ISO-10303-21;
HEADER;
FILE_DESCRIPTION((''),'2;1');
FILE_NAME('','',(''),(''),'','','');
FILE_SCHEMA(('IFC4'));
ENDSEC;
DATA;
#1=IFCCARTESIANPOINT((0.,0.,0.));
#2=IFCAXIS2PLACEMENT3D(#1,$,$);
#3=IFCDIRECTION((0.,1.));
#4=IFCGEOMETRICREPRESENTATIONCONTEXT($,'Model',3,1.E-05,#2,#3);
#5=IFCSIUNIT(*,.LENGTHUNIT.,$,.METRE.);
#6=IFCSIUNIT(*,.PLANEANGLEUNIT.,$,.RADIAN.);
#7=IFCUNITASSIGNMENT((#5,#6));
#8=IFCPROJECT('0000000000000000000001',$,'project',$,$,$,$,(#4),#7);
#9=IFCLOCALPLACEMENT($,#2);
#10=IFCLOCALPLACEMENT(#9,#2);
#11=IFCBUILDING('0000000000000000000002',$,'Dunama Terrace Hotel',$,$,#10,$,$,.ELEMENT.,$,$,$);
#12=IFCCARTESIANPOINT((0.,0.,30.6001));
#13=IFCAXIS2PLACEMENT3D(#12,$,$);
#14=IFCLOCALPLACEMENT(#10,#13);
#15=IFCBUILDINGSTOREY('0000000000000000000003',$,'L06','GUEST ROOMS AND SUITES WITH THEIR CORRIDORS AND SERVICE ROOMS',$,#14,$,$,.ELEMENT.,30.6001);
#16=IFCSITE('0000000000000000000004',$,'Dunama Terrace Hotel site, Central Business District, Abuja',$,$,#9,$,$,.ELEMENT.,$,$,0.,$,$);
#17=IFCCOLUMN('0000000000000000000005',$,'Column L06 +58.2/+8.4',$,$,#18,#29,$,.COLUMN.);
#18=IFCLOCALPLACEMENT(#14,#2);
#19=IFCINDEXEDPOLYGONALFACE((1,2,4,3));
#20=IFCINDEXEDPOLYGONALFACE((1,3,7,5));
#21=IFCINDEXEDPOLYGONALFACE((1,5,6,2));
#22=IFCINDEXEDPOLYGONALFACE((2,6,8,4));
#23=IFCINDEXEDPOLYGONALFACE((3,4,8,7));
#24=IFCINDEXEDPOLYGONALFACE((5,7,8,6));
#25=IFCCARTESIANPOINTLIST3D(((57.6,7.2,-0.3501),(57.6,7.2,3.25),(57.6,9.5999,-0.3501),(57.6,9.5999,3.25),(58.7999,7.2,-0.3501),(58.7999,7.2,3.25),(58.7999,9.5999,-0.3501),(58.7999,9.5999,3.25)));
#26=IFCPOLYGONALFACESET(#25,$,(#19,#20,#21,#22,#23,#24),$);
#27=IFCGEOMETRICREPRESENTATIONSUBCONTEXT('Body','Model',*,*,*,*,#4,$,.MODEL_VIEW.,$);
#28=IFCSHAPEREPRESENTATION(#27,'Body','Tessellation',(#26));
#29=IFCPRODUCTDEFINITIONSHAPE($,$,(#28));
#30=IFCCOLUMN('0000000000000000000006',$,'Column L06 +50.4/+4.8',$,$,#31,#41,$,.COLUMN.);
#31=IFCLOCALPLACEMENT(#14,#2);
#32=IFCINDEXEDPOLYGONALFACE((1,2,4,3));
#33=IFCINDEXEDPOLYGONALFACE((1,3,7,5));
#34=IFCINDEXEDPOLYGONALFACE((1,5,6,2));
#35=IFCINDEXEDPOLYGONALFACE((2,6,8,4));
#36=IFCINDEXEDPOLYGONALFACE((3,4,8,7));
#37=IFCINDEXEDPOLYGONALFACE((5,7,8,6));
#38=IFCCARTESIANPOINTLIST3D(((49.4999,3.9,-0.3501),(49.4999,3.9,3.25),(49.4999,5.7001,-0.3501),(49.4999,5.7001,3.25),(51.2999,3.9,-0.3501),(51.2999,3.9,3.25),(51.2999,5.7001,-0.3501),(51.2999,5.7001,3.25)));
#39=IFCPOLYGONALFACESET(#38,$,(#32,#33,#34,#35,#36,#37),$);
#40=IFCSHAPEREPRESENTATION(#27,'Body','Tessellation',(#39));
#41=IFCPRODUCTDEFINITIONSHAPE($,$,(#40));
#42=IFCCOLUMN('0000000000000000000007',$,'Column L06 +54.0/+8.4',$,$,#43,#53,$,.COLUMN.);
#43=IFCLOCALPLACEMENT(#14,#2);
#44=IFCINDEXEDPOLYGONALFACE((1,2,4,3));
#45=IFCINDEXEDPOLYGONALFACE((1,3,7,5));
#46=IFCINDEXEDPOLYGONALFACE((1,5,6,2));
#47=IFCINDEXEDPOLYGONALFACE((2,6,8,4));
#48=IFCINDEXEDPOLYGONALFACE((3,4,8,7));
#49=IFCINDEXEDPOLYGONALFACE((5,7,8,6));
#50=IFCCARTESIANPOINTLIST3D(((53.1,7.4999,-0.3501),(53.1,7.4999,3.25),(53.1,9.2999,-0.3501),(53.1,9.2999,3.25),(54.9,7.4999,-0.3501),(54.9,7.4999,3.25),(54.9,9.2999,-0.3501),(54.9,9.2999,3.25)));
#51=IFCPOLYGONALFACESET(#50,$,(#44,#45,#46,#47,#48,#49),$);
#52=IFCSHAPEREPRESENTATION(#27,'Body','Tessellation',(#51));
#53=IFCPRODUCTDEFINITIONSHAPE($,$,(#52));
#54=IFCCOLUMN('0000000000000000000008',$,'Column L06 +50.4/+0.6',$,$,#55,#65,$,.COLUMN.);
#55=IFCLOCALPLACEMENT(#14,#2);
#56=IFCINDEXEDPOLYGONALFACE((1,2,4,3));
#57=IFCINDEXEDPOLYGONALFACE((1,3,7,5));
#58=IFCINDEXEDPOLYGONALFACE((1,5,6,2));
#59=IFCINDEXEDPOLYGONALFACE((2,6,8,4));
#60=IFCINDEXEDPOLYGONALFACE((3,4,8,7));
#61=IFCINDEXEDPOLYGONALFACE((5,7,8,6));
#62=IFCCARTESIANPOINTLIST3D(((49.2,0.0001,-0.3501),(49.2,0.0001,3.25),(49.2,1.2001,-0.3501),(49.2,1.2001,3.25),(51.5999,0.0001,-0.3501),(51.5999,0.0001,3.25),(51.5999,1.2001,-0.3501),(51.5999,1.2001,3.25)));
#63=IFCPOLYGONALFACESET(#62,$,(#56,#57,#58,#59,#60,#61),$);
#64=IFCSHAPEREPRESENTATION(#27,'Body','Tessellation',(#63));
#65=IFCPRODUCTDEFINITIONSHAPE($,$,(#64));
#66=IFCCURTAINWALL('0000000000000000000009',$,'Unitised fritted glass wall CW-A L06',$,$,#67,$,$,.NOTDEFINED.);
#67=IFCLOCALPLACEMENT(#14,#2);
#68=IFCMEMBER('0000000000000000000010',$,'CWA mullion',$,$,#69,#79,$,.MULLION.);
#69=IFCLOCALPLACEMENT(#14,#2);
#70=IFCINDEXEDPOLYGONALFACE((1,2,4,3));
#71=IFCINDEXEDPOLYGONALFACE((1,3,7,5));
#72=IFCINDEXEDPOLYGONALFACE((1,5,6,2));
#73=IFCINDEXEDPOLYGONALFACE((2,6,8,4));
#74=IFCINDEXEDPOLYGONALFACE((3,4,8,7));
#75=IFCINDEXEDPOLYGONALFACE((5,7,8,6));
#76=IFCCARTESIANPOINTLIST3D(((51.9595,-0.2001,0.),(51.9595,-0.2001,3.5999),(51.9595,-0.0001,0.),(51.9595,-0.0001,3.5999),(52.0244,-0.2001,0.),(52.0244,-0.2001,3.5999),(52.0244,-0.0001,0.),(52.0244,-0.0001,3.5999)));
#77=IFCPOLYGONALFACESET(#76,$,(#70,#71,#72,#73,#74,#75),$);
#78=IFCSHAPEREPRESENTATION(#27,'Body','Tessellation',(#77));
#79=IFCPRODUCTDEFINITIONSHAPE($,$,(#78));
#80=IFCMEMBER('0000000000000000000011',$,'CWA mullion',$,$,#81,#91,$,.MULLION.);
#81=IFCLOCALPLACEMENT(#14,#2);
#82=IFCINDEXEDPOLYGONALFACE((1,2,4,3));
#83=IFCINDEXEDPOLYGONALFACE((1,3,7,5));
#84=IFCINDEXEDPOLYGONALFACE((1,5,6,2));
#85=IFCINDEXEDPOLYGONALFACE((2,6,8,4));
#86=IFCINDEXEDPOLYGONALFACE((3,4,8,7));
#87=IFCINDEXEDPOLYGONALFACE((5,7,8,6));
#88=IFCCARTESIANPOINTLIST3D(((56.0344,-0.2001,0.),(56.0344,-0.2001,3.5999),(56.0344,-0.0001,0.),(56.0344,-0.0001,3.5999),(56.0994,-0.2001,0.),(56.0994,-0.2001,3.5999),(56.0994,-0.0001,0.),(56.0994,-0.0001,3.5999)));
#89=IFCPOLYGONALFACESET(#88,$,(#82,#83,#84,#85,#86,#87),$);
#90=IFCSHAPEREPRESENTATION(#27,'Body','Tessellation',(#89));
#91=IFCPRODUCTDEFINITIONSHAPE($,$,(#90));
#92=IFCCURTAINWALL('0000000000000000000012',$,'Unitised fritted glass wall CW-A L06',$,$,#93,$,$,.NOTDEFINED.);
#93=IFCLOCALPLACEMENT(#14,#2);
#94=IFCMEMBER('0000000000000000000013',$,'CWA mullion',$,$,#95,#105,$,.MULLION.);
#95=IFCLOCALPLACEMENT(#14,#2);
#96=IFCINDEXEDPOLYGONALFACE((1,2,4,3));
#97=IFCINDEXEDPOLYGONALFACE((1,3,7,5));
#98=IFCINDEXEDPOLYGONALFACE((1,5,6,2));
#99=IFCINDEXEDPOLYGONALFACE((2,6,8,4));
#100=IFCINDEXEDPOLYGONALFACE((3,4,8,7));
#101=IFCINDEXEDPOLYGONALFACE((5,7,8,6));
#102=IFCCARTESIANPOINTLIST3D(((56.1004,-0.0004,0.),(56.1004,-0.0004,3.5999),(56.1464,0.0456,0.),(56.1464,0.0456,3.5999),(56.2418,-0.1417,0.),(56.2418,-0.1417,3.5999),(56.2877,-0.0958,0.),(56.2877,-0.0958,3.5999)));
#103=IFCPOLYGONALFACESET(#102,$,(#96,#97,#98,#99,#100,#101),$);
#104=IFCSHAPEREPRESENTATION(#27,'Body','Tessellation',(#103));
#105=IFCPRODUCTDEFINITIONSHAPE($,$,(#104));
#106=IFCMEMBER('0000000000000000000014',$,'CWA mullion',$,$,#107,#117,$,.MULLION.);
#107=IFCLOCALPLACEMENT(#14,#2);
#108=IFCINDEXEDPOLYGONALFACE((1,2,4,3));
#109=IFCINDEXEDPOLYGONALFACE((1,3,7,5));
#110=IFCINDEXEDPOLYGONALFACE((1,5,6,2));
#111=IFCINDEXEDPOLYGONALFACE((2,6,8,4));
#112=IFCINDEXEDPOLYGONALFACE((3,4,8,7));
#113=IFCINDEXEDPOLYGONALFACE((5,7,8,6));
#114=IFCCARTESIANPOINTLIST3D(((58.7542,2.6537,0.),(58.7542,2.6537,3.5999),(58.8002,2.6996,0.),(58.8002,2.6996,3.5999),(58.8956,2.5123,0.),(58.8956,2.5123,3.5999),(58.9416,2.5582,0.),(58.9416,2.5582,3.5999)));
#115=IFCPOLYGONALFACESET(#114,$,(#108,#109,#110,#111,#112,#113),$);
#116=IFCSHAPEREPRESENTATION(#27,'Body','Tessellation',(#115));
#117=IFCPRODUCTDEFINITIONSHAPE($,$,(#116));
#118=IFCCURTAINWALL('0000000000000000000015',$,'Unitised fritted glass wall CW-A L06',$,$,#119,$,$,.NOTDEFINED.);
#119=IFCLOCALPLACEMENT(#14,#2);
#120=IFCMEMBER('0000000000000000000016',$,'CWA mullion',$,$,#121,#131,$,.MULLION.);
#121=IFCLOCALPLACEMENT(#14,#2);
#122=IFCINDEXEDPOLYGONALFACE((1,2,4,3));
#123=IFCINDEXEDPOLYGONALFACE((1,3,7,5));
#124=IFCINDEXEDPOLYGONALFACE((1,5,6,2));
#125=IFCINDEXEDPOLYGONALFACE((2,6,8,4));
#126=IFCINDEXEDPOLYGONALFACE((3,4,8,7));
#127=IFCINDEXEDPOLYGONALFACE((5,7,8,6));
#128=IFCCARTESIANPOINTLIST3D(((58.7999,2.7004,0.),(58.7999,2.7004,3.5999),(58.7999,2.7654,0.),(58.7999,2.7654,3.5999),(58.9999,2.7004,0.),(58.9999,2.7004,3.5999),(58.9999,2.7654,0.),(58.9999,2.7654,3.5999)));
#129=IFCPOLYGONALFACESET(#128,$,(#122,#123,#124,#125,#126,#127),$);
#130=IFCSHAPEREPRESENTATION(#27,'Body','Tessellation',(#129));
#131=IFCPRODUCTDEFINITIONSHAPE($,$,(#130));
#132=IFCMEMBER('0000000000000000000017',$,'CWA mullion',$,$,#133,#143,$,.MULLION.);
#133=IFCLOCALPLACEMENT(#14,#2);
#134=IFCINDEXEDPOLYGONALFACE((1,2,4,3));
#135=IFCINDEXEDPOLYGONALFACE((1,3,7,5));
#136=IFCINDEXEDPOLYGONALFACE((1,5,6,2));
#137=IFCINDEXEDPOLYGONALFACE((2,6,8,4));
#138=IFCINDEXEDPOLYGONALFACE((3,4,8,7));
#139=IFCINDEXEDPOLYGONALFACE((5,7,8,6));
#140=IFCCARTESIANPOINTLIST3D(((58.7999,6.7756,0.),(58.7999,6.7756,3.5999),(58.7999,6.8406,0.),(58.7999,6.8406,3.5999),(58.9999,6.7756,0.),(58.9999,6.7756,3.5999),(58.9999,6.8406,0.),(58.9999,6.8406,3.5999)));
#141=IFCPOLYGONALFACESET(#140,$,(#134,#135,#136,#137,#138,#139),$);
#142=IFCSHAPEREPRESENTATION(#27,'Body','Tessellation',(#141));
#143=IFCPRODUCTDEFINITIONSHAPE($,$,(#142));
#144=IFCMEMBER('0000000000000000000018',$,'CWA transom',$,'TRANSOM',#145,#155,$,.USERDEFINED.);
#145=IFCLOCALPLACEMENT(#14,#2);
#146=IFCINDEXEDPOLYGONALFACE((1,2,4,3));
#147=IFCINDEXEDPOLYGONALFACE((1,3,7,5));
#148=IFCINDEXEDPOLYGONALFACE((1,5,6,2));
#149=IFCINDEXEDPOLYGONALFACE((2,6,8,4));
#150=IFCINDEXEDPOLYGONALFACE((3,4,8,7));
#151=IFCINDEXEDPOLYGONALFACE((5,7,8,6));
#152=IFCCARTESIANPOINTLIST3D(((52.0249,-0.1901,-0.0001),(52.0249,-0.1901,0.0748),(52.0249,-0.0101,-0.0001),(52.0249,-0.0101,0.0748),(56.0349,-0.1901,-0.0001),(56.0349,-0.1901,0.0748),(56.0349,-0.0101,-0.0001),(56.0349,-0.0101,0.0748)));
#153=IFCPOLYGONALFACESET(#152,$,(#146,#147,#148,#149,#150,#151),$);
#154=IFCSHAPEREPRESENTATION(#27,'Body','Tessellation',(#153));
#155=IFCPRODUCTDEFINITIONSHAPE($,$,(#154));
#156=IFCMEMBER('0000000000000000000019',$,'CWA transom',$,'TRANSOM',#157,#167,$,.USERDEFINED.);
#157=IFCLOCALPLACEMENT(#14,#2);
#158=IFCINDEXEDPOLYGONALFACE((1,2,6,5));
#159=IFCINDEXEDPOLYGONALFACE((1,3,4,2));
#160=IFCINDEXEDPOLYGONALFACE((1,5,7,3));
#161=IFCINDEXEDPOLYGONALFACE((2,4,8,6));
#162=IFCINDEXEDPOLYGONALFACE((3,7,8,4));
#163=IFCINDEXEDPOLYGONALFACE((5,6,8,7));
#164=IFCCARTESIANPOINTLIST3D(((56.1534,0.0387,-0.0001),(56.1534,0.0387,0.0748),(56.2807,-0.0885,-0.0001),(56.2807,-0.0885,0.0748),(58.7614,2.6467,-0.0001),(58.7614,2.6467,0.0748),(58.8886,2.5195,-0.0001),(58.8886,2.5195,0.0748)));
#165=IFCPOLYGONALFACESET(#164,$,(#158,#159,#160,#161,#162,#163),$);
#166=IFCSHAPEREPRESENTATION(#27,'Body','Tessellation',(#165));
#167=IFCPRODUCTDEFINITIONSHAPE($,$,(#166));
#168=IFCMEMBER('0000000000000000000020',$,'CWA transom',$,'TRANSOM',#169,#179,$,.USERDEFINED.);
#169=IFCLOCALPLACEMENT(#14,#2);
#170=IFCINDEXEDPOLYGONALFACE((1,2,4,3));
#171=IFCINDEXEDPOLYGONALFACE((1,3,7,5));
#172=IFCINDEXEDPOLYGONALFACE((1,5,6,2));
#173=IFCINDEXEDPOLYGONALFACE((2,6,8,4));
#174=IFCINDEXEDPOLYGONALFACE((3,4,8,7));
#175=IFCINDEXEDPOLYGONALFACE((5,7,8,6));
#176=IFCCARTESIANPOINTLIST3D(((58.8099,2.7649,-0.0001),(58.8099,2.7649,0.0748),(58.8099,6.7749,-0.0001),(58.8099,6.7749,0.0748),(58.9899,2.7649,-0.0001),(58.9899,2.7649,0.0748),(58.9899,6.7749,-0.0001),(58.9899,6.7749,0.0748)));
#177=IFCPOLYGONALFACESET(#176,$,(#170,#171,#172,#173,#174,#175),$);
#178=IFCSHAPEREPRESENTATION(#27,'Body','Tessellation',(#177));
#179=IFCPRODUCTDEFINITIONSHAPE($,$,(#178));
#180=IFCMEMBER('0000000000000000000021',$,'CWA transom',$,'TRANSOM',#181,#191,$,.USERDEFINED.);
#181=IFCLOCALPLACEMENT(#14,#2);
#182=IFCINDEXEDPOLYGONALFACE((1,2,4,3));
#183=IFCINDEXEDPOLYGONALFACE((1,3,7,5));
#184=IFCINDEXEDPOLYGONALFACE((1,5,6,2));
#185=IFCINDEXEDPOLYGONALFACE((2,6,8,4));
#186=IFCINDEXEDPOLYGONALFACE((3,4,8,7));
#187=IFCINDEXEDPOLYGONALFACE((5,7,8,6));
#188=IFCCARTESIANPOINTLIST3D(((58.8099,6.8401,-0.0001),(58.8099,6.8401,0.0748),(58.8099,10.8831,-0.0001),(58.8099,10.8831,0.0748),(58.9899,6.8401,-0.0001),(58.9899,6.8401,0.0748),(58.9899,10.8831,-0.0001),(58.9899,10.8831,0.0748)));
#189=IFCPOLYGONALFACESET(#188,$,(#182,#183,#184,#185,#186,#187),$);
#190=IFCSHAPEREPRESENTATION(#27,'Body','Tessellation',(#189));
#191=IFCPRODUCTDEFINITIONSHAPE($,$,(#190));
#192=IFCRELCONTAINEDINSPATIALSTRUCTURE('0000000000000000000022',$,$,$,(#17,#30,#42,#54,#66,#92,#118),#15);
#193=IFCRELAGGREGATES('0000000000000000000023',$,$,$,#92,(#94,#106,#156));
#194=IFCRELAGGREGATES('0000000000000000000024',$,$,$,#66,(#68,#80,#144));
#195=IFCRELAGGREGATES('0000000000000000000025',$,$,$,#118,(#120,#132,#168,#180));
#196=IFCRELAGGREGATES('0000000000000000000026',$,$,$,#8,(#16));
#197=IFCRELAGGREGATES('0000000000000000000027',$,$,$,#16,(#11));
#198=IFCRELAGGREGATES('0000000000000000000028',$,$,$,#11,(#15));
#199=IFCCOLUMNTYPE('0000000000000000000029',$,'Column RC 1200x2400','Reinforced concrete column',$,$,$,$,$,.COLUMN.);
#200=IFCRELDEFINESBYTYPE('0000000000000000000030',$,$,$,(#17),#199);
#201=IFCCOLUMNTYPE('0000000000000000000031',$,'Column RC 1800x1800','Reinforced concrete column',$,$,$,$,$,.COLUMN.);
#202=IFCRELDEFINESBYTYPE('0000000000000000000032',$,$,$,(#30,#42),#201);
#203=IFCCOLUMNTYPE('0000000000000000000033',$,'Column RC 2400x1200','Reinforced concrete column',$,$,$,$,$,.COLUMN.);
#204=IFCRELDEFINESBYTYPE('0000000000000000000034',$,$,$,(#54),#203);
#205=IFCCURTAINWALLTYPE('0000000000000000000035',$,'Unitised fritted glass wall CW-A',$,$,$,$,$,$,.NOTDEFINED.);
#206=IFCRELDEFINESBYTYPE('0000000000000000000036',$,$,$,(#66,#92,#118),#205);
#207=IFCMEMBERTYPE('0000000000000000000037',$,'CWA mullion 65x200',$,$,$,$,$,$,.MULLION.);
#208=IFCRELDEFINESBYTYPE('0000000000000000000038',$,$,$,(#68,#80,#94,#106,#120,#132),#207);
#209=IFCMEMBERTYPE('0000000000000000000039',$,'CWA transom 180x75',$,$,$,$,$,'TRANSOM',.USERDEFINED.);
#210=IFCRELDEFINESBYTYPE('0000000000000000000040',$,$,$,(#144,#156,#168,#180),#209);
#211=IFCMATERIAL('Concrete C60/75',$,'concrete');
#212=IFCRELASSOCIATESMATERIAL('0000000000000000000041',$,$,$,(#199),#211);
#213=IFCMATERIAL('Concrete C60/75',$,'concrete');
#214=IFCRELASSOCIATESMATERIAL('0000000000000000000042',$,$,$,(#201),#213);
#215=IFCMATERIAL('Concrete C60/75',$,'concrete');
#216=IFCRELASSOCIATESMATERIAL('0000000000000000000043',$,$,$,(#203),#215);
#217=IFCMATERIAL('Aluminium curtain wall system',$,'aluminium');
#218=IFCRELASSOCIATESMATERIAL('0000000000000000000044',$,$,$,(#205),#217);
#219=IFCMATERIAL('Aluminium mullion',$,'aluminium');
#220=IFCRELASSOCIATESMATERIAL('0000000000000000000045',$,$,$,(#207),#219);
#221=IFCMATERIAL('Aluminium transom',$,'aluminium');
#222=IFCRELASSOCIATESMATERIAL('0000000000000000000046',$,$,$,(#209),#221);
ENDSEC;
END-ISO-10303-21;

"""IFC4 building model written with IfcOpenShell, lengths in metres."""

from ifc_helpers import new_model, si_unit, direction, frame, origin, origin_2d, place, context, subcontext, project, spatial, rectangle, extrude, material, material_profile, profile_set, type_object, element, aggregate, save


model = new_model("IFC4")

# Units and contexts
model_context = context("Model", 3, precision=1e-05, world=origin(), true_north=direction((0.0, 1.0)))
body_context = subcontext(model_context, "Body", "Model", "MODEL_VIEW")
ifc_project = project(units=[si_unit("LENGTHUNIT", "METRE"), si_unit("PLANEANGLEUNIT", "RADIAN")], contexts=[model_context])

# Site, building, storey
site_placement = place(None, origin())
site = spatial("IfcSite", under=ifc_project, at=site_placement, Name="Dunama Terrace Hotel site, Central Business District, Abuja", CompositionType="ELEMENT", RefElevation=0.0)
building_placement = place(site_placement, origin())
building = spatial("IfcBuilding", under=site, at=building_placement, Name="Dunama Terrace Hotel", CompositionType="ELEMENT")
storey_placement = place(building_placement, frame((0.0, 0.0, 30.6001)))
storey = spatial("IfcBuildingStorey", under=building, at=storey_placement, Name="L06", Description="GUEST ROOMS AND SUITES WITH THEIR CORRIDORS AND SERVICE ROOMS", CompositionType="ELEMENT", Elevation=30.6001)

# Columns
ifc_material_1 = material(Name="Concrete C60/75", Category="concrete")
ifc_material_profile_1 = material_profile(ifc_material_1, rectangle(XDim=1.2, YDim=2.3999, at=origin_2d()), Name="RC 1200x2400")
ifc_profile_set_1 = profile_set([ifc_material_profile_1], Name="Concrete C60/75")
column_type_1 = type_object("IfcColumnType", Name="Column RC 1200x2400", Description="Reinforced concrete column", PredefinedType="COLUMN", material=ifc_profile_set_1)
column_1_placement = place(storey_placement, frame((58.2, 8.3999, -0.3501), z_axis=(0.0, 0.0, 1.0), x_axis=(1.0, 0.0, 0.0)))
element("IfcColumn", 1, at=column_1_placement, inside=storey, type_object=column_type_1, Name="Column L06 +58.2/+8.4", PredefinedType="COLUMN", context=body_context, shape_type="SweptSolid", body=[
    extrude(rectangle(XDim=1.2, YDim=2.3999, at=origin_2d()), origin(), (0.0, 0.0, 1.0), 3.6001),
])
ifc_material_2 = material(Name="Concrete C60/75", Category="concrete")
ifc_material_profile_2 = material_profile(ifc_material_2, rectangle(XDim=1.8, YDim=1.8, at=origin_2d()), Name="RC 1800x1800")
ifc_profile_set_2 = profile_set([ifc_material_profile_2], Name="Concrete C60/75")
column_type_2 = type_object("IfcColumnType", Name="Column RC 1800x1800", Description="Reinforced concrete column", PredefinedType="COLUMN", material=ifc_profile_set_2)
for number, where, z_axis, x_axis, name in (
    (2, (50.3999, 4.8, -0.3501), (0.0, 0.0, 1.0), (1.0, 0.0, 0.0), "Column L06 +50.4/+4.8"),
    (3, (54.0, 8.3999, -0.3501), (0.0, 0.0, 1.0), (1.0, 0.0, 0.0), "Column L06 +54.0/+8.4"),
):
    element("IfcColumn", number, at=place(storey_placement, frame(where, z_axis=z_axis, x_axis=x_axis)), inside=storey, type_object=column_type_2, Name=name, PredefinedType="COLUMN", context=body_context, shape_type="SweptSolid", body=[
        extrude(rectangle(XDim=1.8, YDim=1.8, at=origin_2d()), origin(), (0.0, 0.0, 1.0), 3.6001),
    ])
ifc_material_3 = material(Name="Concrete C60/75", Category="concrete")
ifc_material_profile_3 = material_profile(ifc_material_3, rectangle(XDim=2.3999, YDim=1.2, at=origin_2d()), Name="RC 2400x1200")
ifc_profile_set_3 = profile_set([ifc_material_profile_3], Name="Concrete C60/75")
column_type_3 = type_object("IfcColumnType", Name="Column RC 2400x1200", Description="Reinforced concrete column", PredefinedType="COLUMN", material=ifc_profile_set_3)
column_2_placement = place(storey_placement, frame((50.3999, 0.6001, -0.3501), z_axis=(0.0, 0.0, 1.0), x_axis=(1.0, 0.0, 0.0)))
element("IfcColumn", 4, at=column_2_placement, inside=storey, type_object=column_type_3, Name="Column L06 +50.4/+0.6", PredefinedType="COLUMN", context=body_context, shape_type="SweptSolid", body=[
    extrude(rectangle(XDim=2.3999, YDim=1.2, at=origin_2d()), origin(), (0.0, 0.0, 1.0), 3.6001),
])

# Curtain walls, members
ifc_material_4 = material(Name="Aluminium curtain wall system", Category="aluminium")
curtain_wall_type = type_object("IfcCurtainWallType", Name="Unitised fritted glass wall CW-A", PredefinedType="NOTDEFINED", material=ifc_material_4)
curtain_wall_1_placement = place(storey_placement, origin())
curtain_wall_1 = element("IfcCurtainWall", 5, at=curtain_wall_1_placement, inside=storey, type_object=curtain_wall_type, Name="Unitised fritted glass wall CW-A L06", PredefinedType="NOTDEFINED")
ifc_material_5 = material(Name="Aluminium mullion", Category="aluminium")
ifc_material_profile_4 = material_profile(ifc_material_5, rectangle(XDim=0.0649, YDim=0.2, at=origin_2d()), Name="CWA MULLION 65X200")
ifc_profile_set_4 = profile_set([ifc_material_profile_4], Name="Aluminium mullion")
member_type_1 = type_object("IfcMemberType", Name="CWA mullion 65x200", PredefinedType="MULLION", material=ifc_profile_set_4)
member_1_placement = place(storey_placement, frame((51.9919, -0.1001, 0.0), z_axis=(0.0, 0.0, 1.0), x_axis=(1.0, 0.0, 0.0)))
member_1 = element("IfcMember", 6, at=member_1_placement, type_object=member_type_1, Name="CWA mullion", PredefinedType="MULLION", context=body_context, shape_type="SweptSolid", body=[
    extrude(rectangle(XDim=0.0649, YDim=0.2, at=origin_2d()), origin(), (0.0, 0.0, 1.0), 3.5999),
])
member_2_placement = place(storey_placement, frame((56.0669, -0.1001, 0.0), z_axis=(0.0, 0.0, 1.0), x_axis=(1.0, 0.0, 0.0)))
member_2 = element("IfcMember", 7, at=member_2_placement, type_object=member_type_1, Name="CWA mullion", PredefinedType="MULLION", context=body_context, shape_type="SweptSolid", body=[
    extrude(rectangle(XDim=0.0649, YDim=0.2, at=origin_2d()), origin(), (0.0, 0.0, 1.0), 3.5999),
])
curtain_wall_2_placement = place(storey_placement, origin())
curtain_wall_2 = element("IfcCurtainWall", 8, at=curtain_wall_2_placement, inside=storey, type_object=curtain_wall_type, Name="Unitised fritted glass wall CW-A L06", PredefinedType="NOTDEFINED")
member_3_placement = place(storey_placement, frame((56.1941, -0.0481, 0.0), z_axis=(0.0, 0.0, 1.0), x_axis=(0.707107, 0.707107, 0.0)))
member_3 = element("IfcMember", 9, at=member_3_placement, type_object=member_type_1, Name="CWA mullion", PredefinedType="MULLION", context=body_context, shape_type="SweptSolid", body=[
    extrude(rectangle(XDim=0.0649, YDim=0.2, at=origin_2d()), origin(), (0.0, 0.0, 1.0), 3.5999),
])
member_4_placement = place(storey_placement, frame((58.8479, 2.606, 0.0), z_axis=(0.0, 0.0, 1.0), x_axis=(0.707107, 0.707107, 0.0)))
member_4 = element("IfcMember", 10, at=member_4_placement, type_object=member_type_1, Name="CWA mullion", PredefinedType="MULLION", context=body_context, shape_type="SweptSolid", body=[
    extrude(rectangle(XDim=0.0649, YDim=0.2, at=origin_2d()), origin(), (0.0, 0.0, 1.0), 3.5999),
])
curtain_wall_3_placement = place(storey_placement, origin())
curtain_wall_3 = element("IfcCurtainWall", 11, at=curtain_wall_3_placement, inside=storey, type_object=curtain_wall_type, Name="Unitised fritted glass wall CW-A L06", PredefinedType="NOTDEFINED")
member_5_placement = place(storey_placement, frame((58.8999, 2.7329, 0.0), z_axis=(0.0, 0.0, 1.0), x_axis=(0.0, 1.0, 0.0)))
member_5 = element("IfcMember", 12, at=member_5_placement, type_object=member_type_1, Name="CWA mullion", PredefinedType="MULLION", context=body_context, shape_type="SweptSolid", body=[
    extrude(rectangle(XDim=0.0649, YDim=0.2, at=origin_2d()), origin(), (0.0, 0.0, 1.0), 3.5999),
])
member_6_placement = place(storey_placement, frame((58.8999, 6.8081, 0.0), z_axis=(0.0, 0.0, 1.0), x_axis=(0.0, 1.0, 0.0)))
member_6 = element("IfcMember", 13, at=member_6_placement, type_object=member_type_1, Name="CWA mullion", PredefinedType="MULLION", context=body_context, shape_type="SweptSolid", body=[
    extrude(rectangle(XDim=0.0649, YDim=0.2, at=origin_2d()), origin(), (0.0, 0.0, 1.0), 3.5999),
])

# Members
ifc_material_6 = material(Name="Aluminium transom", Category="aluminium")
ifc_material_profile_5 = material_profile(ifc_material_6, rectangle(XDim=0.1799, YDim=0.075, at=origin_2d()), Name="CWA TRANSOM 180X75")
ifc_profile_set_5 = profile_set([ifc_material_profile_5], Name="Aluminium transom")
member_type_2 = type_object("IfcMemberType", Name="CWA transom 180x75", ElementType="TRANSOM", PredefinedType="USERDEFINED", material=ifc_profile_set_5)
member_7_placement = place(storey_placement, frame((52.0249, -0.1001, 0.0374), z_axis=(1.0, 0.0, 0.0), x_axis=(0.0, 1.0, 0.0)))
member_7 = element("IfcMember", 14, at=member_7_placement, type_object=member_type_2, Name="CWA transom", ObjectType="TRANSOM", PredefinedType="USERDEFINED", context=body_context, shape_type="SweptSolid", body=[
    extrude(rectangle(XDim=0.1799, YDim=0.075, at=origin_2d()), origin(), (0.0, 0.0, 1.0), 4.01),
])
member_8_placement = place(storey_placement, frame((56.217, -0.0249, 0.0374), z_axis=(0.707107, 0.707107, 0.0), x_axis=(-0.707107, 0.707107, 0.0)))
member_8 = element("IfcMember", 15, at=member_8_placement, type_object=member_type_2, Name="CWA transom", ObjectType="TRANSOM", PredefinedType="USERDEFINED", context=body_context, shape_type="SweptSolid", body=[
    extrude(rectangle(XDim=0.1799, YDim=0.075, at=origin_2d()), origin(), (0.0, 0.0, 1.0), 3.6882),
])
member_9_placement = place(storey_placement, frame((58.8999, 2.7649, 0.0374), z_axis=(0.0, 1.0, 0.0), x_axis=(-1.0, 0.0, 0.0)))
member_9 = element("IfcMember", 16, at=member_9_placement, type_object=member_type_2, Name="CWA transom", ObjectType="TRANSOM", PredefinedType="USERDEFINED", context=body_context, shape_type="SweptSolid", body=[
    extrude(rectangle(XDim=0.1799, YDim=0.075, at=origin_2d()), origin(), (0.0, 0.0, 1.0), 4.01),
])
member_10_placement = place(storey_placement, frame((58.8999, 6.8401, 0.0374), z_axis=(0.0, 1.0, 0.0), x_axis=(-1.0, 0.0, 0.0)))
member_10 = element("IfcMember", 17, at=member_10_placement, type_object=member_type_2, Name="CWA transom", ObjectType="TRANSOM", PredefinedType="USERDEFINED", context=body_context, shape_type="SweptSolid", body=[
    extrude(rectangle(XDim=0.1799, YDim=0.075, at=origin_2d()), origin(), (0.0, 0.0, 1.0), 4.043),
])

aggregate(curtain_wall_2, [member_3, member_4, member_8])
aggregate(curtain_wall_1, [member_1, member_2, member_7])
aggregate(curtain_wall_3, [member_5, member_6, member_9, member_10])

save(model, "model.ifc")
